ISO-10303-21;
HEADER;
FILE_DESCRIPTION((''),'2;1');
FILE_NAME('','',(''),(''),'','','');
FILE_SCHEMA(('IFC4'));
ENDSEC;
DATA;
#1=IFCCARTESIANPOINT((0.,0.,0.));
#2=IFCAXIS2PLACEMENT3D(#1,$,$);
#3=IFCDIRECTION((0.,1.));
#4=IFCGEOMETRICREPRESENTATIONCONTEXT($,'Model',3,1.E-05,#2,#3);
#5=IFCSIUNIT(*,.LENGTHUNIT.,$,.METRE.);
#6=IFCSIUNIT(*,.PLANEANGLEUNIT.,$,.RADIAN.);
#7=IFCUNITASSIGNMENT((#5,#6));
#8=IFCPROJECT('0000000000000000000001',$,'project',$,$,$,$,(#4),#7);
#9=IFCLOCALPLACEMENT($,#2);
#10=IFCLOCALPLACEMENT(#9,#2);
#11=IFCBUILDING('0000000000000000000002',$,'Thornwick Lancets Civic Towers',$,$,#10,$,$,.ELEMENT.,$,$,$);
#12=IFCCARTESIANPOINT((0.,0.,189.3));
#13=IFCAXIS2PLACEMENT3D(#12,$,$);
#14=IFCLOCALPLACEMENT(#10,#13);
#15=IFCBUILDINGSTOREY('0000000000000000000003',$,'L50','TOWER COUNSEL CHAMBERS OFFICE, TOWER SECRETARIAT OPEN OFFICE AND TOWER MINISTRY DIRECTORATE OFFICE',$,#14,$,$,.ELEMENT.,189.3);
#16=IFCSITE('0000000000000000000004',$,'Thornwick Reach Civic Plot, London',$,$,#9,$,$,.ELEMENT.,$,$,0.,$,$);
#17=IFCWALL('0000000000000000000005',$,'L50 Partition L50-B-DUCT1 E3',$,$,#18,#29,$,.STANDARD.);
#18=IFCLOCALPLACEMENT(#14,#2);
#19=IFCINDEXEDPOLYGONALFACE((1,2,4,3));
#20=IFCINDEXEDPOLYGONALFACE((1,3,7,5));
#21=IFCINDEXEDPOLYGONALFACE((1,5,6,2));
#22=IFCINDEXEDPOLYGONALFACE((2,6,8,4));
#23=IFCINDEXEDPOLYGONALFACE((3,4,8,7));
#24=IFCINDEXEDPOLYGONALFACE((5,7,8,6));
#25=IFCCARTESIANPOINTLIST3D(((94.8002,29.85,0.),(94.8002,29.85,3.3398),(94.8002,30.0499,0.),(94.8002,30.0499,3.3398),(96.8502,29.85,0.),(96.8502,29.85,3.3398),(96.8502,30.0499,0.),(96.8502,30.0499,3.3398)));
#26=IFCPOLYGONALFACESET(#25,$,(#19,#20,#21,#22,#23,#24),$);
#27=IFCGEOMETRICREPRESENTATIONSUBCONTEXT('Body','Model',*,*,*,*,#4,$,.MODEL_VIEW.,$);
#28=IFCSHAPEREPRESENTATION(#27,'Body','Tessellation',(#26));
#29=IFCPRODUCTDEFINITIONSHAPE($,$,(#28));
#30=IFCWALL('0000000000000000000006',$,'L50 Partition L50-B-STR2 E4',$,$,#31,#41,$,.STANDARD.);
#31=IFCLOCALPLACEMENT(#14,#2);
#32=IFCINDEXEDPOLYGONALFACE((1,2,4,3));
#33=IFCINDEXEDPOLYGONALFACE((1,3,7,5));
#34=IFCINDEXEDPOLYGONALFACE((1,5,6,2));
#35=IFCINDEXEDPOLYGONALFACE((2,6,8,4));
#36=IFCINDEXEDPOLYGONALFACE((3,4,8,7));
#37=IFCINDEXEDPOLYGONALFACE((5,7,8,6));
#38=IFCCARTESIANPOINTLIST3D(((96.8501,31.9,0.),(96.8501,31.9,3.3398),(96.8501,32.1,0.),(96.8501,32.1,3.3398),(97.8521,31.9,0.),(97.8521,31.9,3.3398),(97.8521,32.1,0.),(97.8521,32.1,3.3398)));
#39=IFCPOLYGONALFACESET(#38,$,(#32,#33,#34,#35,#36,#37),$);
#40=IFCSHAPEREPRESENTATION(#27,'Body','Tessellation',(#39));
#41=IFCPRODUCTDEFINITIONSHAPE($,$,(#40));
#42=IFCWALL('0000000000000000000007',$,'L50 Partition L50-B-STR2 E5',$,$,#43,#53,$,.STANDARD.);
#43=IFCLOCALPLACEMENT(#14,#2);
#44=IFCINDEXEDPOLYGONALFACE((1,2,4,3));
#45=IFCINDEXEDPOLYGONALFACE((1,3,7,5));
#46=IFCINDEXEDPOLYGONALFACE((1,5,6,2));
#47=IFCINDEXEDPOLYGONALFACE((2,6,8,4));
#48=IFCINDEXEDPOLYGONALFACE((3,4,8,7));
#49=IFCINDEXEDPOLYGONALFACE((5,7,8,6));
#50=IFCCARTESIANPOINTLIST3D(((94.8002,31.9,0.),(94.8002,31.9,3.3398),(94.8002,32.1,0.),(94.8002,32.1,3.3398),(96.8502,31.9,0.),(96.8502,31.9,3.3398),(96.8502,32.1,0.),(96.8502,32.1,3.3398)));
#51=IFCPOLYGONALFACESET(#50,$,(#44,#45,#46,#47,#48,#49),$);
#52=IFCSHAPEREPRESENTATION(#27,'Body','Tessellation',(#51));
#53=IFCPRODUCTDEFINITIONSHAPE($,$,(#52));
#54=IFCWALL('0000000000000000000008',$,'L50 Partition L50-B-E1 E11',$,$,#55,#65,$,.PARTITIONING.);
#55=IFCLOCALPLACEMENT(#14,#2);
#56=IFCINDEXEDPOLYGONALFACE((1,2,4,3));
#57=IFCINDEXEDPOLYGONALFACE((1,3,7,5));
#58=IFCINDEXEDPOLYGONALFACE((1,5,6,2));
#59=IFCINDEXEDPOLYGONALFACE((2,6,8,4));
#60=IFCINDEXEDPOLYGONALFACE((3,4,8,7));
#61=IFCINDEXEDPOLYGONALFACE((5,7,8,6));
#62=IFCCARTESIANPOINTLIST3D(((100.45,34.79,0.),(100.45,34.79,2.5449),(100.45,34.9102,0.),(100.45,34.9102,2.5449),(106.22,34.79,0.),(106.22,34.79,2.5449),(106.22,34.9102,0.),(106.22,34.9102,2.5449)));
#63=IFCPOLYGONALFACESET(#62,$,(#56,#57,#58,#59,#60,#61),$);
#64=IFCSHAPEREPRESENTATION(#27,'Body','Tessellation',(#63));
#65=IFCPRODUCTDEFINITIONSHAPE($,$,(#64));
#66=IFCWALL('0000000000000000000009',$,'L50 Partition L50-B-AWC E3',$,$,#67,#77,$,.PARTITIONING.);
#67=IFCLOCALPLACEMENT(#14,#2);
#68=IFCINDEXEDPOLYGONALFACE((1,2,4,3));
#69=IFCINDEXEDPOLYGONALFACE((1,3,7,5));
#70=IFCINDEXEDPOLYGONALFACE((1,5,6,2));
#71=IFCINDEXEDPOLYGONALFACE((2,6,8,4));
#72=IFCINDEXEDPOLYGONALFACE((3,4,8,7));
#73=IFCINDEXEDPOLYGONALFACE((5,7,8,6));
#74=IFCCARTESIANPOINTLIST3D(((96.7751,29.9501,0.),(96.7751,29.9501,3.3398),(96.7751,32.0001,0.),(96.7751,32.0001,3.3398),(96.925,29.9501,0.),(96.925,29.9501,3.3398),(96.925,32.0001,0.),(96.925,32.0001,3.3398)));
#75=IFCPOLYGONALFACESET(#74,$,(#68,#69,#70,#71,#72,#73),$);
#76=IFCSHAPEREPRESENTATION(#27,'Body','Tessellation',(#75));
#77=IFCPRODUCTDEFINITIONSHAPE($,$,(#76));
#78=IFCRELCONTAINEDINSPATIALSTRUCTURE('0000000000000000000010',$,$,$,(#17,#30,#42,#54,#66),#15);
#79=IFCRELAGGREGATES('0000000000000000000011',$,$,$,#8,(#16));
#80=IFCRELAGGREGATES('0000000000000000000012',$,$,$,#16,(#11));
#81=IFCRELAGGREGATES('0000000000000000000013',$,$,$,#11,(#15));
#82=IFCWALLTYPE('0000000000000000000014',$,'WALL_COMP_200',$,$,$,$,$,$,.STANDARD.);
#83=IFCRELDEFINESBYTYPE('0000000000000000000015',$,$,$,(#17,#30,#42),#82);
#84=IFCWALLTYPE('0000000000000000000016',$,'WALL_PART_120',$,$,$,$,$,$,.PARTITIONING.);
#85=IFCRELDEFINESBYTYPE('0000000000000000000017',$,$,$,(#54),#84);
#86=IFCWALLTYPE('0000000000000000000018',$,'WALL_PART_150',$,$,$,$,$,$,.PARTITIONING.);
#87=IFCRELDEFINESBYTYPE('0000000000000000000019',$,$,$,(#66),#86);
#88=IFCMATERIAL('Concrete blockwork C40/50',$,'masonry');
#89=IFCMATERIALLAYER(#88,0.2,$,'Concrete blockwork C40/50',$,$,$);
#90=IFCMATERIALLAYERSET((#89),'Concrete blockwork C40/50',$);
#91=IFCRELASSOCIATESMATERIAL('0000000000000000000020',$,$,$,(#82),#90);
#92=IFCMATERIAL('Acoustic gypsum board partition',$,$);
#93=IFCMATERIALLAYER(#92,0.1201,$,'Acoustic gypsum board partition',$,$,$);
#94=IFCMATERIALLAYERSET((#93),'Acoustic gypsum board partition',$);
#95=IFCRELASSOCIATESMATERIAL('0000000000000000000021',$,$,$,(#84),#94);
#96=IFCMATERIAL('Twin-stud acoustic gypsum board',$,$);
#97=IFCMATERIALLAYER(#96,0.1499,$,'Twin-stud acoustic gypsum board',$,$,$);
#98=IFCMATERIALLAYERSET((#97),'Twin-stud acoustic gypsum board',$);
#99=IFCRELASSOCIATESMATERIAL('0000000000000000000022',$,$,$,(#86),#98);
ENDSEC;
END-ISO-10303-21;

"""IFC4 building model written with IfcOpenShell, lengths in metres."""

from ifc_helpers import new_model, si_unit, direction, frame, frame_2d, origin, place, context, subcontext, project, spatial, rectangle, extrude, material, layer, layer_set, type_object, element, save


model = new_model("IFC4")

# Units and contexts
model_context = context("Model", 3, precision=1e-05, world=origin(), true_north=direction((0.0, 1.0)))
body_context = subcontext(model_context, "Body", "Model", "MODEL_VIEW")
ifc_project = project(units=[si_unit("LENGTHUNIT", "METRE"), si_unit("PLANEANGLEUNIT", "RADIAN")], contexts=[model_context])

# Site, building, storey
site_placement = place(None, origin())
site = spatial("IfcSite", under=ifc_project, at=site_placement, Name="Thornwick Reach Civic Plot, London", CompositionType="ELEMENT", RefElevation=0.0)
building_placement = place(site_placement, origin())
building = spatial("IfcBuilding", under=site, at=building_placement, Name="Thornwick Lancets Civic Towers", CompositionType="ELEMENT")
storey_placement = place(building_placement, frame((0.0, 0.0, 189.3)))
storey = spatial("IfcBuildingStorey", under=building, at=storey_placement, Name="L50", Description="TOWER COUNSEL CHAMBERS OFFICE, TOWER SECRETARIAT OPEN OFFICE AND TOWER MINISTRY DIRECTORATE OFFICE", CompositionType="ELEMENT", Elevation=189.3)

# Shared definitions
ifc_material_1 = material(Name="Concrete blockwork C40/50", Category="masonry")
ifc_layer_1 = layer(ifc_material_1, 0.2, Name="Concrete blockwork C40/50")
ifc_layer_set_1 = layer_set([ifc_layer_1], Name="Concrete blockwork C40/50")
wall_type_1 = type_object("IfcWallType", Name="WALL_COMP_200", PredefinedType="STANDARD", material=ifc_layer_set_1)

# Walls
wall_1_placement = place(storey_placement, frame((96.8501, 29.95, 0.0), z_axis=(0.0, 0.0, 1.0), x_axis=(-1.0, 0.0, 0.0)))
element("IfcWall", 1, at=wall_1_placement, inside=storey, type_object=wall_type_1, Name="L50 Partition L50-B-DUCT1 E3", PredefinedType="STANDARD", context=body_context, shape_type="SweptSolid", body=[
    extrude(rectangle(XDim=2.05, YDim=0.2, at=frame_2d((1.0249, 0.0))), origin(), (0.0, 0.0, 1.0), 3.3398),
])
wall_2_placement = place(storey_placement, frame((97.8521, 32.0, 0.0), z_axis=(0.0, 0.0, 1.0), x_axis=(-1.0, 0.0, 0.0)))
element("IfcWall", 2, at=wall_2_placement, inside=storey, type_object=wall_type_1, Name="L50 Partition L50-B-STR2 E4", PredefinedType="STANDARD", context=body_context, shape_type="SweptSolid", body=[
    extrude(rectangle(XDim=1.002, YDim=0.2, at=frame_2d((0.501, 0.0))), origin(), (0.0, 0.0, 1.0), 3.3398),
])
wall_3_placement = place(storey_placement, frame((96.8501, 32.0, 0.0), z_axis=(0.0, 0.0, 1.0), x_axis=(-1.0, 0.0, 0.0)))
element("IfcWall", 3, at=wall_3_placement, inside=storey, type_object=wall_type_1, Name="L50 Partition L50-B-STR2 E5", PredefinedType="STANDARD", context=body_context, shape_type="SweptSolid", body=[
    extrude(rectangle(XDim=2.05, YDim=0.2, at=frame_2d((1.0249, 0.0))), origin(), (0.0, 0.0, 1.0), 3.3398),
])
ifc_material_2 = material(Name="Acoustic gypsum board partition")
ifc_layer_2 = layer(ifc_material_2, 0.1201, Name="Acoustic gypsum board partition")
ifc_layer_set_2 = layer_set([ifc_layer_2], Name="Acoustic gypsum board partition")
wall_type_2 = type_object("IfcWallType", Name="WALL_PART_120", PredefinedType="PARTITIONING", material=ifc_layer_set_2)
wall_4_placement = place(storey_placement, frame((106.22, 34.8501, 0.0), z_axis=(0.0, 0.0, 1.0), x_axis=(-1.0, 0.0, 0.0)))
element("IfcWall", 4, at=wall_4_placement, inside=storey, type_object=wall_type_2, Name="L50 Partition L50-B-E1 E11", PredefinedType="PARTITIONING", context=body_context, shape_type="SweptSolid", body=[
    extrude(rectangle(XDim=5.77, YDim=0.1201, at=frame_2d((2.885, 0.0))), origin(), (0.0, 0.0, 1.0), 2.5449),
])
ifc_material_3 = material(Name="Twin-stud acoustic gypsum board")
ifc_layer_3 = layer(ifc_material_3, 0.1499, Name="Twin-stud acoustic gypsum board")
ifc_layer_set_3 = layer_set([ifc_layer_3], Name="Twin-stud acoustic gypsum board")
wall_type_3 = type_object("IfcWallType", Name="WALL_PART_150", PredefinedType="PARTITIONING", material=ifc_layer_set_3)
wall_5_placement = place(storey_placement, frame((96.8501, 32.0, 0.0), z_axis=(0.0, 0.0, 1.0), x_axis=(0.0, -1.0, 0.0)))
element("IfcWall", 5, at=wall_5_placement, inside=storey, type_object=wall_type_3, Name="L50 Partition L50-B-AWC E3", PredefinedType="PARTITIONING", context=body_context, shape_type="SweptSolid", body=[
    extrude(rectangle(XDim=2.05, YDim=0.1499, at=frame_2d((1.0249, 0.0))), origin(), (0.0, 0.0, 1.0), 3.3398),
])

save(model, "model.ifc")
